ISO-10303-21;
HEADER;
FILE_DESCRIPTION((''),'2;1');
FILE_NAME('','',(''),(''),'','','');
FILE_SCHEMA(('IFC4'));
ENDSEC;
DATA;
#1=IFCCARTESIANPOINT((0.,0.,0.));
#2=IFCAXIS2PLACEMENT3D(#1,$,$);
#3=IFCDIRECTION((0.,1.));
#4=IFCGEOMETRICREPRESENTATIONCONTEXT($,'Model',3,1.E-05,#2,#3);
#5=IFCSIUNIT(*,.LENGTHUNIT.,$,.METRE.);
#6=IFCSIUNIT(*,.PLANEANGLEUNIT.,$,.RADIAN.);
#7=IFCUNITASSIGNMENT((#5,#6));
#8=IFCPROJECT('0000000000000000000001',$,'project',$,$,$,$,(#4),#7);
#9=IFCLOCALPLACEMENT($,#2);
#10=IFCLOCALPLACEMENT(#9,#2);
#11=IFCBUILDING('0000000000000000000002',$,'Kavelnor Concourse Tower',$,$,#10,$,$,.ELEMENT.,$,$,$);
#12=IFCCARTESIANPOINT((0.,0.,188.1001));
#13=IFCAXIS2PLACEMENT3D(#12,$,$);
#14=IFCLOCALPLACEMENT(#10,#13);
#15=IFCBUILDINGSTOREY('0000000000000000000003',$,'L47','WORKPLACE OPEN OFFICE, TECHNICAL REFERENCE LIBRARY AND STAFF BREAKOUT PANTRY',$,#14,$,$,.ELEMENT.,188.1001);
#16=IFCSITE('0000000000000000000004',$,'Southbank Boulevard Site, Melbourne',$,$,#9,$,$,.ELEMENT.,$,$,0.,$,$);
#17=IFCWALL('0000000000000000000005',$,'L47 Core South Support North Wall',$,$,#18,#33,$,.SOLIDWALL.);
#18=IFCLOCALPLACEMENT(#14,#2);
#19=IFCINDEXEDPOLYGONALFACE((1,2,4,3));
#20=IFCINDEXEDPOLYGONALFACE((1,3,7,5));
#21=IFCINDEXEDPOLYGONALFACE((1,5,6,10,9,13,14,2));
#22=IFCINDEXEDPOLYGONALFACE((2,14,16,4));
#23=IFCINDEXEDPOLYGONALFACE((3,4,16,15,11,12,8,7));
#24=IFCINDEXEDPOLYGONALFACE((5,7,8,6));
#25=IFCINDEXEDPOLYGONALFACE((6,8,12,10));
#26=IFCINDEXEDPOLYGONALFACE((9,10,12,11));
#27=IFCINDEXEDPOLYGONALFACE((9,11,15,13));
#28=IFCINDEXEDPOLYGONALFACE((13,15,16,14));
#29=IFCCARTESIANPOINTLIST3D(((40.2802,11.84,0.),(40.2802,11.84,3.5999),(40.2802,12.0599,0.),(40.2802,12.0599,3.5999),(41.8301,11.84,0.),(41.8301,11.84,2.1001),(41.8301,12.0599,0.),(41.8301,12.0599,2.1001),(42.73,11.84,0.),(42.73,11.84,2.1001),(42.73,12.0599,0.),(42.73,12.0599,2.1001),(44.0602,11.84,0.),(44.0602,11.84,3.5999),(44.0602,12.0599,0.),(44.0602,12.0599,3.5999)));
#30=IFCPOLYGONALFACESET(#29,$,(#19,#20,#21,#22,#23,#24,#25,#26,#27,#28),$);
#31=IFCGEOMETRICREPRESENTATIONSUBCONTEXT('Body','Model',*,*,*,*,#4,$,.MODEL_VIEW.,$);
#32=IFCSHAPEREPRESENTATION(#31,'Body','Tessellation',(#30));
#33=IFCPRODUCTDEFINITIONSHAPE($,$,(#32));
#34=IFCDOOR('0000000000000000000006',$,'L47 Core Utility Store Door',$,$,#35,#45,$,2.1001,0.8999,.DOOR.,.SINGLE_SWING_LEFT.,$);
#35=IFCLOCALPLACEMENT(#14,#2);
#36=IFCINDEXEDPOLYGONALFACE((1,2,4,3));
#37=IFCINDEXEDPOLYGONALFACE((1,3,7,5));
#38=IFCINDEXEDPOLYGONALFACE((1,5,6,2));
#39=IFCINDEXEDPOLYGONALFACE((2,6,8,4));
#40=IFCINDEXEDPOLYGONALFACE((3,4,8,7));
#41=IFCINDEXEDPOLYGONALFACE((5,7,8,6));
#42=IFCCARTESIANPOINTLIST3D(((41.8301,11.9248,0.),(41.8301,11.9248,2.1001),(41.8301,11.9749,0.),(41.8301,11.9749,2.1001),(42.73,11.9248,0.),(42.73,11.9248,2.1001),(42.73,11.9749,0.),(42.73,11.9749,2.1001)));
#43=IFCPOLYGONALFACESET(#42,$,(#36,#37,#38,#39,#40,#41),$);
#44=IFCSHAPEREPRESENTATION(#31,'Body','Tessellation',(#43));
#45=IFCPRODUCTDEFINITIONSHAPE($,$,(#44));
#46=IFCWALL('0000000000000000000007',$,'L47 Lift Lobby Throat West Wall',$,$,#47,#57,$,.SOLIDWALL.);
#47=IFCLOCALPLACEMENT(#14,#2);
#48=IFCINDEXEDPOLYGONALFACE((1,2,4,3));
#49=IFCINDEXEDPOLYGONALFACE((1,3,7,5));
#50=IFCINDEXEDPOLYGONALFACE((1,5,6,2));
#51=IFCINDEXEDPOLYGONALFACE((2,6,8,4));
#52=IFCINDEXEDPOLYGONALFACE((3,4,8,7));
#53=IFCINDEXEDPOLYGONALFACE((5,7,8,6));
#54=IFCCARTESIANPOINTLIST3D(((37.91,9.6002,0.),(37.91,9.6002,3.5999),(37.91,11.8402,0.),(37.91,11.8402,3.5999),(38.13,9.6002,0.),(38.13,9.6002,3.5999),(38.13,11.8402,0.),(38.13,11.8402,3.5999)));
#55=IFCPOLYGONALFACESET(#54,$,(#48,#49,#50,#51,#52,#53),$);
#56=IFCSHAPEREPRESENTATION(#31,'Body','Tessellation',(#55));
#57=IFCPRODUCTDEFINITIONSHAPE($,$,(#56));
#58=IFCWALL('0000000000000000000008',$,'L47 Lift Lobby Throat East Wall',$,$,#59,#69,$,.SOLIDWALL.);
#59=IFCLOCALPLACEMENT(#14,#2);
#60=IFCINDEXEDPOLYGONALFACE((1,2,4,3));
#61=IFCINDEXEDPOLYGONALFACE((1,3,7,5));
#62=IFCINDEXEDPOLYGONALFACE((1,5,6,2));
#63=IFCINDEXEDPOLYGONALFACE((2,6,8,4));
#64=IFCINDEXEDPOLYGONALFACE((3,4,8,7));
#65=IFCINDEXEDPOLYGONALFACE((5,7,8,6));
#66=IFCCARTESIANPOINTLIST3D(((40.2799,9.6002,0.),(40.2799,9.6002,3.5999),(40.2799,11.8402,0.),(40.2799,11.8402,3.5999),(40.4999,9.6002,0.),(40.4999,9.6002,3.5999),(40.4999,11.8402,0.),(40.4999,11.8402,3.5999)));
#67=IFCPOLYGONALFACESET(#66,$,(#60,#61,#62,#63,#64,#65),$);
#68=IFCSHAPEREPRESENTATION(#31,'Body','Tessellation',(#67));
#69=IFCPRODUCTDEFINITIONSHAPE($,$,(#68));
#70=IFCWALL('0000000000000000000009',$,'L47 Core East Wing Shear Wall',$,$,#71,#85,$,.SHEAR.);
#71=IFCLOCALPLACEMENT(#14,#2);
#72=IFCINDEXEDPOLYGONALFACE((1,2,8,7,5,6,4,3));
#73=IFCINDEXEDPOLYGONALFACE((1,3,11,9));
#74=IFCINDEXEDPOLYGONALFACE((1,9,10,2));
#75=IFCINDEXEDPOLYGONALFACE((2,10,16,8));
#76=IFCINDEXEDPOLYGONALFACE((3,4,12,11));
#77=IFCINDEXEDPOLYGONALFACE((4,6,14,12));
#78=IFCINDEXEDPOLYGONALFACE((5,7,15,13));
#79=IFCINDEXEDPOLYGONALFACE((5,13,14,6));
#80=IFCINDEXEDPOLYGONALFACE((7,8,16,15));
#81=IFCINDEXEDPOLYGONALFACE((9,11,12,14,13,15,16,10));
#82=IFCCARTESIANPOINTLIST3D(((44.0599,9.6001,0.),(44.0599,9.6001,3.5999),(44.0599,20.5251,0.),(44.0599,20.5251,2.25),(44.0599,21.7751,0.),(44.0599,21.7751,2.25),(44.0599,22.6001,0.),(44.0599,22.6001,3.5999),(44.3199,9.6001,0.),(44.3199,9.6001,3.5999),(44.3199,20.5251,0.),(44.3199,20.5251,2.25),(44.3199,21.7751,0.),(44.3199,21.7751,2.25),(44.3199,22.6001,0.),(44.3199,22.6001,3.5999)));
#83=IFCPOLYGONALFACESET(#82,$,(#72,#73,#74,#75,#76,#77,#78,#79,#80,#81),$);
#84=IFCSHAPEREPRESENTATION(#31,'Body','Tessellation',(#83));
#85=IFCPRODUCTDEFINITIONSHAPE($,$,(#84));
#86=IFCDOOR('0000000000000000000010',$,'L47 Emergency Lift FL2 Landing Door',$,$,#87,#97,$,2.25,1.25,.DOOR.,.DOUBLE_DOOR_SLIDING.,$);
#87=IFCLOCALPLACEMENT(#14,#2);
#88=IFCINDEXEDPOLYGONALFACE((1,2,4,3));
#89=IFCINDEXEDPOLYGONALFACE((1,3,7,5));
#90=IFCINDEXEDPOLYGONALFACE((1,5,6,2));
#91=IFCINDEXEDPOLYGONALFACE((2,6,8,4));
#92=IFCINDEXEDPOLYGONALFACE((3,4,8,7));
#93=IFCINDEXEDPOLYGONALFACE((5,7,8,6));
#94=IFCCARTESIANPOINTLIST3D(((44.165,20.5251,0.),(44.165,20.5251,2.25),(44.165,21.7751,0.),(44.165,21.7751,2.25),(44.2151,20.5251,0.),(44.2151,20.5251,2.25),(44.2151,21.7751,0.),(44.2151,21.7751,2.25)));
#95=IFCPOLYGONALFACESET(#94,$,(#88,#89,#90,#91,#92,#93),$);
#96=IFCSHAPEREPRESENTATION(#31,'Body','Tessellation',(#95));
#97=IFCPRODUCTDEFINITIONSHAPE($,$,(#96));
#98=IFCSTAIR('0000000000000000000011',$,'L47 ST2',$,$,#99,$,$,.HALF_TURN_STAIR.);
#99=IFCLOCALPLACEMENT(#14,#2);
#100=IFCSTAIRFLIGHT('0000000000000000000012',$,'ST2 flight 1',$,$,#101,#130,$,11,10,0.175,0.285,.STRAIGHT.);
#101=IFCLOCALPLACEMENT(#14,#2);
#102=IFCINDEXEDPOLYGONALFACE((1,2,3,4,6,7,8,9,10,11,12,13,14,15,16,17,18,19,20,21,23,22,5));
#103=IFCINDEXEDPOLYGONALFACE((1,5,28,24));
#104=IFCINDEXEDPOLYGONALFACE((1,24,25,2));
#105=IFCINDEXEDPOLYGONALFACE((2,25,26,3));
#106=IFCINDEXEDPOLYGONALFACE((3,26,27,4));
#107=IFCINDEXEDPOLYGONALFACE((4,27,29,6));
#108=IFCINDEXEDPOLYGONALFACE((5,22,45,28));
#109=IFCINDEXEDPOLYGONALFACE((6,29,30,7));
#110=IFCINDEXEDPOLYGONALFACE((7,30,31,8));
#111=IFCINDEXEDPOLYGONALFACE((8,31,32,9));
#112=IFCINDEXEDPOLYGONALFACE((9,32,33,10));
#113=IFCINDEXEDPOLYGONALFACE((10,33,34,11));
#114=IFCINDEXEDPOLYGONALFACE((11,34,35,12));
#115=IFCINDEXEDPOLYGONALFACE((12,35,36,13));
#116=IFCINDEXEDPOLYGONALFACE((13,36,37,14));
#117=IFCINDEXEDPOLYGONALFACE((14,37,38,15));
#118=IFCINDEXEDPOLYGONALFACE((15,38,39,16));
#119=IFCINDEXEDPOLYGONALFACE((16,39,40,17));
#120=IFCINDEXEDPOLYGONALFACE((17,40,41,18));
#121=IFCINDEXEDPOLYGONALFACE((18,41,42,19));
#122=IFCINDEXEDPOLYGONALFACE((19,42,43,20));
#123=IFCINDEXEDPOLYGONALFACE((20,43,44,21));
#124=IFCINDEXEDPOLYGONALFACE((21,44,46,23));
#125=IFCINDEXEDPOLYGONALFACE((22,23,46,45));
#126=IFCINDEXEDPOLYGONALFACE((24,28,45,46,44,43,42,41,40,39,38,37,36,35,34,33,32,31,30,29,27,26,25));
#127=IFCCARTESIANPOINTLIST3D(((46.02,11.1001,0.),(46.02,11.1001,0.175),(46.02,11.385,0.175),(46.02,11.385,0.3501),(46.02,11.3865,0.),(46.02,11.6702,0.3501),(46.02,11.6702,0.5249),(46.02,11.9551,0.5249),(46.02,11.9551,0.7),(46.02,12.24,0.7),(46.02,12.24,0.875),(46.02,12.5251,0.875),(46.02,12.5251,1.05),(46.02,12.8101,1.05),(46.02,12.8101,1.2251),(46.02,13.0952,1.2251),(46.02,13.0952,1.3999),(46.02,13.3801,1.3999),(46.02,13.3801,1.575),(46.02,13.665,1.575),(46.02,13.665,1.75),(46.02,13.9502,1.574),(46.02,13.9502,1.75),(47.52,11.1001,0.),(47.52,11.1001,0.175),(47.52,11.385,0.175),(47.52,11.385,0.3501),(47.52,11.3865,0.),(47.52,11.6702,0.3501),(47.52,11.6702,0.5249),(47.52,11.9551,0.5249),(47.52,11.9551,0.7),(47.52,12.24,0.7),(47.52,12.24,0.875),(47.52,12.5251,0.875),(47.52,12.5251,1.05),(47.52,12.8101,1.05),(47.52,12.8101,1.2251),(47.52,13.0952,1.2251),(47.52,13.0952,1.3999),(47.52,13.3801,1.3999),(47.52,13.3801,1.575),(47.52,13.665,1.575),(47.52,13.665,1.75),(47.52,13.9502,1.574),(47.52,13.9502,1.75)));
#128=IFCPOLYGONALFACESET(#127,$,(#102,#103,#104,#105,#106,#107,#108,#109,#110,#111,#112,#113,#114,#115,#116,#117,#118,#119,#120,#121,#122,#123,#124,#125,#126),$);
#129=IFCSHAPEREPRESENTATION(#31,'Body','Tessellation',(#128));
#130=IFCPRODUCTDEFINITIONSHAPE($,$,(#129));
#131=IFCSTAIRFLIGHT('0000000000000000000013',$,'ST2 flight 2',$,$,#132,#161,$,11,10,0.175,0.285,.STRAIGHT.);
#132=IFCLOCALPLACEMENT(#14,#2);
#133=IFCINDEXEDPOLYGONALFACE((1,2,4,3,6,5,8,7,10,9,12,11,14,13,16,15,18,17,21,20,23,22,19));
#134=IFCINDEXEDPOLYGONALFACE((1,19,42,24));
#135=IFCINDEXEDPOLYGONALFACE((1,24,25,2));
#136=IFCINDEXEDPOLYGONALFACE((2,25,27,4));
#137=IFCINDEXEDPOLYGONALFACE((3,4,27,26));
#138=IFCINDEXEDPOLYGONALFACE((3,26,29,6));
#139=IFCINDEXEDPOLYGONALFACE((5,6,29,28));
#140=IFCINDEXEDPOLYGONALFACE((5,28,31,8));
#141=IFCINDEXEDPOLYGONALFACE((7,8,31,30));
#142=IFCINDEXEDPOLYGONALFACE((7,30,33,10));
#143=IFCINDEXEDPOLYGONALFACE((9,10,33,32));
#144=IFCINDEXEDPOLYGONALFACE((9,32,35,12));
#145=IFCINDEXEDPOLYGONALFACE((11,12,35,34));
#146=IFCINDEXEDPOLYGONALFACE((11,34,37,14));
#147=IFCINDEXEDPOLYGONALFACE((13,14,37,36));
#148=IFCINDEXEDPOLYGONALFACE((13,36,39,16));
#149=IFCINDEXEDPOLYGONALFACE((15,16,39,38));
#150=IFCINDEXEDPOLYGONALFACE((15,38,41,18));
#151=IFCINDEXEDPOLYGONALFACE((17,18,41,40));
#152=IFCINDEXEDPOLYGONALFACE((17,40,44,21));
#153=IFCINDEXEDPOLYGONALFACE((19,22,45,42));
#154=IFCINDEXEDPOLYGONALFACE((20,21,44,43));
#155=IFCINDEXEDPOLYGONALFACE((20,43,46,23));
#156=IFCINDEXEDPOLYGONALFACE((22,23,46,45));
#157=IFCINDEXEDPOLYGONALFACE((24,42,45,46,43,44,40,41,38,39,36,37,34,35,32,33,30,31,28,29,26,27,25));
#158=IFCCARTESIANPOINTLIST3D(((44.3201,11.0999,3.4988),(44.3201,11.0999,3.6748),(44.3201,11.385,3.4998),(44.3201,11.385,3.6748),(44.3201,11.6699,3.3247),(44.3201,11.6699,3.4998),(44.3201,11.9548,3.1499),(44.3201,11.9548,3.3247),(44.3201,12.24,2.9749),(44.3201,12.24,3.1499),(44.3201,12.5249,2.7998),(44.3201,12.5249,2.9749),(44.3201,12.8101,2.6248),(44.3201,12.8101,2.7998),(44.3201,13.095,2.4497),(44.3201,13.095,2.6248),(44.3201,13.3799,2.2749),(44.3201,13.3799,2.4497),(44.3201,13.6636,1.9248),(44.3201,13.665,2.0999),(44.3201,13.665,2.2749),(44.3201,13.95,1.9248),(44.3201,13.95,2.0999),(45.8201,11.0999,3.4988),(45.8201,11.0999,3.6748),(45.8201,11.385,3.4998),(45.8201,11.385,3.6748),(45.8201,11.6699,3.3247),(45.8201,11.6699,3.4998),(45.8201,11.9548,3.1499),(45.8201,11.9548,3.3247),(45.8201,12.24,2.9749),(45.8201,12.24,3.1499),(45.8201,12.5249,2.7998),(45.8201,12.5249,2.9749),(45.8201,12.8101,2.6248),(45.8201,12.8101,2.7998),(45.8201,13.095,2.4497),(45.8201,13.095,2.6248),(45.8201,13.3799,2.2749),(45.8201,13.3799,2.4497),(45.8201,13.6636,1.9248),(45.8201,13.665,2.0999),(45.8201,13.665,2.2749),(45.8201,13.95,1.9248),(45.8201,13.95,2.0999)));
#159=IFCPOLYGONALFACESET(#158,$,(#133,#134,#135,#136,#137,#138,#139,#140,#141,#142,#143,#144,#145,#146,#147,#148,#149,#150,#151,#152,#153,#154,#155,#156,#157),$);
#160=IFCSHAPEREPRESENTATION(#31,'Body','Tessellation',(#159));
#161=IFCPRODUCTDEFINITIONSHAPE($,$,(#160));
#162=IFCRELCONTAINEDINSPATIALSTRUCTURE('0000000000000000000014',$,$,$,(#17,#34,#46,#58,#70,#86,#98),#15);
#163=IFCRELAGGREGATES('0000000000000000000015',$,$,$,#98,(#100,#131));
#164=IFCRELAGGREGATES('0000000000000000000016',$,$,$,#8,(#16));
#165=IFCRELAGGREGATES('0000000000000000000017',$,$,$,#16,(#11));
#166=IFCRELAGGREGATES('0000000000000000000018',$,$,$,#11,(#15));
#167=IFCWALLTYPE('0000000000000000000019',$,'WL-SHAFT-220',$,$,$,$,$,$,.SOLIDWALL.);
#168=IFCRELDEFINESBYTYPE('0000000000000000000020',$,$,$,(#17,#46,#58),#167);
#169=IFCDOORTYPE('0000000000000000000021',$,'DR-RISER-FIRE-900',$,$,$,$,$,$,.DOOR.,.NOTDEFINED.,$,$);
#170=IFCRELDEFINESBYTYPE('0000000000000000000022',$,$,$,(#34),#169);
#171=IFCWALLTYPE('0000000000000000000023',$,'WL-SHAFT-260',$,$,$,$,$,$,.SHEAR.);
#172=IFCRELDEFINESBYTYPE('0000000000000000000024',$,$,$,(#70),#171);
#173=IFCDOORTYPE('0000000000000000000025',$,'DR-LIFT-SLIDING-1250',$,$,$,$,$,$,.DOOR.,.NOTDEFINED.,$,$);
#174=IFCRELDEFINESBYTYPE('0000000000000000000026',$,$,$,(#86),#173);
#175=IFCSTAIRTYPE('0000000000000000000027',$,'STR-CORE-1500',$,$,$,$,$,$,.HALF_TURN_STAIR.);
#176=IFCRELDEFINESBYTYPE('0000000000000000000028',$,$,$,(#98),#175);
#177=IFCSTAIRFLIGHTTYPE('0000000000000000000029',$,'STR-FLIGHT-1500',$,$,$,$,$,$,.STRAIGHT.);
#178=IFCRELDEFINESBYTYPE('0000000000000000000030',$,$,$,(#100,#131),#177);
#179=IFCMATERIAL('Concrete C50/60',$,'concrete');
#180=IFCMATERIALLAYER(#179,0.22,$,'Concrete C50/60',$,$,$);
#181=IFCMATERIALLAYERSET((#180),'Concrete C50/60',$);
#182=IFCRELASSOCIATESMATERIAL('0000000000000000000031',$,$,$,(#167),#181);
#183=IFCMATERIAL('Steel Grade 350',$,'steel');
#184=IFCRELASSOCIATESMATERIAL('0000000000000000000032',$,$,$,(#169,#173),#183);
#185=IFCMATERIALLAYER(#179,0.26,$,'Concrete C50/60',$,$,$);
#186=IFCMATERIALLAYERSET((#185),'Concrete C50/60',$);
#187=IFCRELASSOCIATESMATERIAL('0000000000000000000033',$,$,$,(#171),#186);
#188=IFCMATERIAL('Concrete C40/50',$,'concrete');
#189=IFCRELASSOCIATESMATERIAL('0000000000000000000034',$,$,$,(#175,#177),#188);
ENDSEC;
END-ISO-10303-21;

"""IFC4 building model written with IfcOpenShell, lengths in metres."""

from ifc_helpers import new_model, si_unit, direction, frame, frame_2d, origin, place, context, subcontext, project, spatial, polyline, rectangle, outline, extrude, material, layer, layer_set, type_object, element, fill, aggregate, save


model = new_model("IFC4")

# Units and contexts
model_context = context("Model", 3, precision=1e-05, world=origin(), true_north=direction((0.0, 1.0)))
body_context = subcontext(model_context, "Body", "Model", "MODEL_VIEW")
ifc_project = project(units=[si_unit("LENGTHUNIT", "METRE"), si_unit("PLANEANGLEUNIT", "RADIAN")], contexts=[model_context])

# Site, building, storey
site_placement = place(None, origin())
site = spatial("IfcSite", under=ifc_project, at=site_placement, Name="Southbank Boulevard Site, Melbourne", CompositionType="ELEMENT", RefElevation=0.0)
building_placement = place(site_placement, origin())
building = spatial("IfcBuilding", under=site, at=building_placement, Name="Kavelnor Concourse Tower", CompositionType="ELEMENT")
storey_placement = place(building_placement, frame((0.0, 0.0, 188.1001)))
storey = spatial("IfcBuildingStorey", under=building, at=storey_placement, Name="L47", Description="WORKPLACE OPEN OFFICE, TECHNICAL REFERENCE LIBRARY AND STAFF BREAKOUT PANTRY", CompositionType="ELEMENT", Elevation=188.1001)

# Shared definitions
ifc_material_1 = material(Name="Steel Grade 350", Category="steel")

# Shared definitions
ifc_material_2 = material(Name="Concrete C50/60", Category="concrete")
ifc_layer_1 = layer(ifc_material_2, 0.22, Name="Concrete C50/60")
ifc_layer_set_1 = layer_set([ifc_layer_1], Name="Concrete C50/60")
wall_type_1 = type_object("IfcWallType", Name="WL-SHAFT-220", PredefinedType="SOLIDWALL", material=ifc_layer_set_1)

# Wall, opening, door
wall_1_placement = place(storey_placement, frame((40.28, 11.95, 0.0), z_axis=(0.0, 0.0, 1.0), x_axis=(1.0, 0.0, 0.0)))
wall_1 = element("IfcWall", 1, at=wall_1_placement, inside=storey, type_object=wall_type_1, Name="L47 Core South Support North Wall", PredefinedType="SOLIDWALL", context=body_context, shape_type="SweptSolid", body=[
    extrude(rectangle(XDim=3.78, YDim=0.22, at=frame_2d((1.8901, 0.0))), origin(), (0.0, 0.0, 1.0), 3.5999),
])
opening_1_placement = place(wall_1_placement, frame((1.55, 0.0, 0.0)))
opening_1 = element("IfcOpeningElement", 2, at=opening_1_placement, cuts=wall_1, PredefinedType="OPENING", context=body_context, shape_type="SweptSolid", body=[
    extrude(rectangle(XDim=0.8999, YDim=2.1001, at=frame_2d((0.45, 1.05))), frame((0.0, 0.1201, 0.0), z_axis=(0.0, -1.0, 0.0), x_axis=(1.0, 0.0, 0.0)), (0.0, 0.0, 1.0), 0.24),
])
door_type_1 = type_object("IfcDoorType", Name="DR-RISER-FIRE-900", OperationType="NOTDEFINED", PredefinedType="DOOR", material=ifc_material_1)
door_1_placement = place(opening_1_placement, origin())
door_1 = element("IfcDoor", 3, at=door_1_placement, inside=storey, type_object=door_type_1, Name="L47 Core Utility Store Door", OperationType="SINGLE_SWING_LEFT", OverallHeight=2.1001, OverallWidth=0.8999, PredefinedType="DOOR", context=body_context, shape_type="SweptSolid", body=[
    extrude(rectangle(XDim=0.8999, YDim=2.1001, at=frame_2d((0.45, 1.05))), frame((0.0, 0.0249, 0.0), z_axis=(0.0, -1.0, 0.0), x_axis=(1.0, 0.0, 0.0)), (0.0, 0.0, 1.0), 0.05),
])
fill(opening_1, door_1)

# Walls
for number, where, z_axis, x_axis, name in (
    (4, (38.02, 9.6001, 0.0), (0.0, 0.0, 1.0), (0.0, 1.0, 0.0), "L47 Lift Lobby Throat West Wall"),
    (5, (40.3899, 9.6001, 0.0), (0.0, 0.0, 1.0), (0.0, 1.0, 0.0), "L47 Lift Lobby Throat East Wall"),
):
    element("IfcWall", number, at=place(storey_placement, frame(where, z_axis=z_axis, x_axis=x_axis)), inside=storey, type_object=wall_type_1, Name=name, PredefinedType="SOLIDWALL", context=body_context, shape_type="SweptSolid", body=[
        extrude(rectangle(XDim=2.24, YDim=0.22, at=frame_2d((1.1201, 0.0))), origin(), (0.0, 0.0, 1.0), 3.5999),
    ])

# Wall, opening, door
ifc_layer_2 = layer(ifc_material_2, 0.26, Name="Concrete C50/60")
ifc_layer_set_2 = layer_set([ifc_layer_2], Name="Concrete C50/60")
wall_type_2 = type_object("IfcWallType", Name="WL-SHAFT-260", PredefinedType="SHEAR", material=ifc_layer_set_2)
wall_2_placement = place(storey_placement, frame((44.1899, 9.6001, 0.0), z_axis=(0.0, 0.0, 1.0), x_axis=(0.0, 1.0, 0.0)))
wall_2 = element("IfcWall", 6, at=wall_2_placement, inside=storey, type_object=wall_type_2, Name="L47 Core East Wing Shear Wall", PredefinedType="SHEAR", context=body_context, shape_type="SweptSolid", body=[
    extrude(rectangle(XDim=13.0, YDim=0.26, at=frame_2d((6.5, 0.0))), origin(), (0.0, 0.0, 1.0), 3.5999),
])
opening_2_placement = place(wall_2_placement, frame((10.925, 0.0, 0.0)))
opening_2 = element("IfcOpeningElement", 7, at=opening_2_placement, cuts=wall_2, PredefinedType="OPENING", context=body_context, shape_type="SweptSolid", body=[
    extrude(rectangle(XDim=1.25, YDim=2.25, at=frame_2d((0.625, 1.125))), frame((0.0, 0.1401, 0.0), z_axis=(0.0, -1.0, 0.0), x_axis=(1.0, 0.0, 0.0)), (0.0, 0.0, 1.0), 0.28),
])
door_type_2 = type_object("IfcDoorType", Name="DR-LIFT-SLIDING-1250", OperationType="NOTDEFINED", PredefinedType="DOOR", material=ifc_material_1)
door_2_placement = place(opening_2_placement, origin())
door_2 = element("IfcDoor", 8, at=door_2_placement, inside=storey, type_object=door_type_2, Name="L47 Emergency Lift FL2 Landing Door", OperationType="DOUBLE_DOOR_SLIDING", OverallHeight=2.25, OverallWidth=1.25, PredefinedType="DOOR", context=body_context, shape_type="SweptSolid", body=[
    extrude(rectangle(XDim=1.25, YDim=2.25, at=frame_2d((0.625, 1.125))), frame((0.0, 0.0249, 0.0), z_axis=(0.0, -1.0, 0.0), x_axis=(1.0, 0.0, 0.0)), (0.0, 0.0, 1.0), 0.05),
])
fill(opening_2, door_2)

# Stair, stair flights
ifc_material_3 = material(Name="Concrete C40/50", Category="concrete")
stair_type = type_object("IfcStairType", Name="STR-CORE-1500", PredefinedType="HALF_TURN_STAIR", material=ifc_material_3)
stair_placement = place(storey_placement, origin())
stair = element("IfcStair", 9, at=stair_placement, inside=storey, type_object=stair_type, Name="L47 ST2", PredefinedType="HALF_TURN_STAIR")
stair_flight_type = type_object("IfcStairFlightType", Name="STR-FLIGHT-1500", PredefinedType="STRAIGHT", material=ifc_material_3)
stair_flight_1_placement = place(storey_placement, frame((46.77, 11.1001, 0.0), z_axis=(0.0, 0.0, 1.0), x_axis=(0.0, 1.0, 0.0)))
stair_flight_1 = element("IfcStairFlight", 10, at=stair_flight_1_placement, type_object=stair_flight_type, Name="ST2 flight 1", NumberOfRisers=11, NumberOfTreads=10, PredefinedType="STRAIGHT", RiserHeight=0.175, TreadLength=0.285, context=body_context, shape_type="SweptSolid", body=[
    extrude(outline(polyline([(0.0, 0.0), (0.0, 0.175), (0.2849, 0.175), (0.2849, 0.3501), (0.5701, 0.3501), (0.5701, 0.5249), (0.855, 0.5249), (0.855, 0.7), (1.1399, 0.7), (1.1399, 0.875), (1.425, 0.875), (1.425, 1.05), (1.71, 1.05), (1.71, 1.2251), (1.9951, 1.2251), (1.9951, 1.3999), (2.28, 1.3999), (2.28, 1.575), (2.5649, 1.575), (2.5649, 1.75), (2.8501, 1.75), (2.8501, 1.925), (2.8501, 1.574), (0.2864, 0.0), (0.0, 0.0)])), frame((0.0, 0.75, 0.0), z_axis=(0.0, -1.0, 0.0), x_axis=(1.0, 0.0, 0.0)), (0.0, 0.0, 1.0), 1.5),
])
stair_flight_2_placement = place(storey_placement, frame((45.0701, 13.95, 1.9248), z_axis=(0.0, 0.0, 1.0), x_axis=(0.0, -1.0, 0.0)))
stair_flight_2 = element("IfcStairFlight", 11, at=stair_flight_2_placement, type_object=stair_flight_type, Name="ST2 flight 2", NumberOfRisers=11, NumberOfTreads=10, PredefinedType="STRAIGHT", RiserHeight=0.175, TreadLength=0.285, context=body_context, shape_type="SweptSolid", body=[
    extrude(outline(polyline([(0.0, 0.0), (0.0, 0.175), (0.2849, 0.175), (0.2849, 0.3501), (0.5701, 0.3501), (0.5701, 0.5249), (0.855, 0.5249), (0.855, 0.7), (1.1399, 0.7), (1.1399, 0.875), (1.425, 0.875), (1.425, 1.05), (1.71, 1.05), (1.71, 1.2251), (1.9951, 1.2251), (1.9951, 1.3999), (2.28, 1.3999), (2.28, 1.575), (2.5649, 1.575), (2.5649, 1.75), (2.8501, 1.75), (2.8501, 1.925), (2.8501, 1.574), (0.2864, 0.0), (0.0, 0.0)])), frame((0.0, 0.75, 0.0), z_axis=(0.0, -1.0, 0.0), x_axis=(1.0, 0.0, 0.0)), (0.0, 0.0, 1.0), 1.5),
])
aggregate(stair, [stair_flight_1, stair_flight_2])

save(model, "model.ifc")
